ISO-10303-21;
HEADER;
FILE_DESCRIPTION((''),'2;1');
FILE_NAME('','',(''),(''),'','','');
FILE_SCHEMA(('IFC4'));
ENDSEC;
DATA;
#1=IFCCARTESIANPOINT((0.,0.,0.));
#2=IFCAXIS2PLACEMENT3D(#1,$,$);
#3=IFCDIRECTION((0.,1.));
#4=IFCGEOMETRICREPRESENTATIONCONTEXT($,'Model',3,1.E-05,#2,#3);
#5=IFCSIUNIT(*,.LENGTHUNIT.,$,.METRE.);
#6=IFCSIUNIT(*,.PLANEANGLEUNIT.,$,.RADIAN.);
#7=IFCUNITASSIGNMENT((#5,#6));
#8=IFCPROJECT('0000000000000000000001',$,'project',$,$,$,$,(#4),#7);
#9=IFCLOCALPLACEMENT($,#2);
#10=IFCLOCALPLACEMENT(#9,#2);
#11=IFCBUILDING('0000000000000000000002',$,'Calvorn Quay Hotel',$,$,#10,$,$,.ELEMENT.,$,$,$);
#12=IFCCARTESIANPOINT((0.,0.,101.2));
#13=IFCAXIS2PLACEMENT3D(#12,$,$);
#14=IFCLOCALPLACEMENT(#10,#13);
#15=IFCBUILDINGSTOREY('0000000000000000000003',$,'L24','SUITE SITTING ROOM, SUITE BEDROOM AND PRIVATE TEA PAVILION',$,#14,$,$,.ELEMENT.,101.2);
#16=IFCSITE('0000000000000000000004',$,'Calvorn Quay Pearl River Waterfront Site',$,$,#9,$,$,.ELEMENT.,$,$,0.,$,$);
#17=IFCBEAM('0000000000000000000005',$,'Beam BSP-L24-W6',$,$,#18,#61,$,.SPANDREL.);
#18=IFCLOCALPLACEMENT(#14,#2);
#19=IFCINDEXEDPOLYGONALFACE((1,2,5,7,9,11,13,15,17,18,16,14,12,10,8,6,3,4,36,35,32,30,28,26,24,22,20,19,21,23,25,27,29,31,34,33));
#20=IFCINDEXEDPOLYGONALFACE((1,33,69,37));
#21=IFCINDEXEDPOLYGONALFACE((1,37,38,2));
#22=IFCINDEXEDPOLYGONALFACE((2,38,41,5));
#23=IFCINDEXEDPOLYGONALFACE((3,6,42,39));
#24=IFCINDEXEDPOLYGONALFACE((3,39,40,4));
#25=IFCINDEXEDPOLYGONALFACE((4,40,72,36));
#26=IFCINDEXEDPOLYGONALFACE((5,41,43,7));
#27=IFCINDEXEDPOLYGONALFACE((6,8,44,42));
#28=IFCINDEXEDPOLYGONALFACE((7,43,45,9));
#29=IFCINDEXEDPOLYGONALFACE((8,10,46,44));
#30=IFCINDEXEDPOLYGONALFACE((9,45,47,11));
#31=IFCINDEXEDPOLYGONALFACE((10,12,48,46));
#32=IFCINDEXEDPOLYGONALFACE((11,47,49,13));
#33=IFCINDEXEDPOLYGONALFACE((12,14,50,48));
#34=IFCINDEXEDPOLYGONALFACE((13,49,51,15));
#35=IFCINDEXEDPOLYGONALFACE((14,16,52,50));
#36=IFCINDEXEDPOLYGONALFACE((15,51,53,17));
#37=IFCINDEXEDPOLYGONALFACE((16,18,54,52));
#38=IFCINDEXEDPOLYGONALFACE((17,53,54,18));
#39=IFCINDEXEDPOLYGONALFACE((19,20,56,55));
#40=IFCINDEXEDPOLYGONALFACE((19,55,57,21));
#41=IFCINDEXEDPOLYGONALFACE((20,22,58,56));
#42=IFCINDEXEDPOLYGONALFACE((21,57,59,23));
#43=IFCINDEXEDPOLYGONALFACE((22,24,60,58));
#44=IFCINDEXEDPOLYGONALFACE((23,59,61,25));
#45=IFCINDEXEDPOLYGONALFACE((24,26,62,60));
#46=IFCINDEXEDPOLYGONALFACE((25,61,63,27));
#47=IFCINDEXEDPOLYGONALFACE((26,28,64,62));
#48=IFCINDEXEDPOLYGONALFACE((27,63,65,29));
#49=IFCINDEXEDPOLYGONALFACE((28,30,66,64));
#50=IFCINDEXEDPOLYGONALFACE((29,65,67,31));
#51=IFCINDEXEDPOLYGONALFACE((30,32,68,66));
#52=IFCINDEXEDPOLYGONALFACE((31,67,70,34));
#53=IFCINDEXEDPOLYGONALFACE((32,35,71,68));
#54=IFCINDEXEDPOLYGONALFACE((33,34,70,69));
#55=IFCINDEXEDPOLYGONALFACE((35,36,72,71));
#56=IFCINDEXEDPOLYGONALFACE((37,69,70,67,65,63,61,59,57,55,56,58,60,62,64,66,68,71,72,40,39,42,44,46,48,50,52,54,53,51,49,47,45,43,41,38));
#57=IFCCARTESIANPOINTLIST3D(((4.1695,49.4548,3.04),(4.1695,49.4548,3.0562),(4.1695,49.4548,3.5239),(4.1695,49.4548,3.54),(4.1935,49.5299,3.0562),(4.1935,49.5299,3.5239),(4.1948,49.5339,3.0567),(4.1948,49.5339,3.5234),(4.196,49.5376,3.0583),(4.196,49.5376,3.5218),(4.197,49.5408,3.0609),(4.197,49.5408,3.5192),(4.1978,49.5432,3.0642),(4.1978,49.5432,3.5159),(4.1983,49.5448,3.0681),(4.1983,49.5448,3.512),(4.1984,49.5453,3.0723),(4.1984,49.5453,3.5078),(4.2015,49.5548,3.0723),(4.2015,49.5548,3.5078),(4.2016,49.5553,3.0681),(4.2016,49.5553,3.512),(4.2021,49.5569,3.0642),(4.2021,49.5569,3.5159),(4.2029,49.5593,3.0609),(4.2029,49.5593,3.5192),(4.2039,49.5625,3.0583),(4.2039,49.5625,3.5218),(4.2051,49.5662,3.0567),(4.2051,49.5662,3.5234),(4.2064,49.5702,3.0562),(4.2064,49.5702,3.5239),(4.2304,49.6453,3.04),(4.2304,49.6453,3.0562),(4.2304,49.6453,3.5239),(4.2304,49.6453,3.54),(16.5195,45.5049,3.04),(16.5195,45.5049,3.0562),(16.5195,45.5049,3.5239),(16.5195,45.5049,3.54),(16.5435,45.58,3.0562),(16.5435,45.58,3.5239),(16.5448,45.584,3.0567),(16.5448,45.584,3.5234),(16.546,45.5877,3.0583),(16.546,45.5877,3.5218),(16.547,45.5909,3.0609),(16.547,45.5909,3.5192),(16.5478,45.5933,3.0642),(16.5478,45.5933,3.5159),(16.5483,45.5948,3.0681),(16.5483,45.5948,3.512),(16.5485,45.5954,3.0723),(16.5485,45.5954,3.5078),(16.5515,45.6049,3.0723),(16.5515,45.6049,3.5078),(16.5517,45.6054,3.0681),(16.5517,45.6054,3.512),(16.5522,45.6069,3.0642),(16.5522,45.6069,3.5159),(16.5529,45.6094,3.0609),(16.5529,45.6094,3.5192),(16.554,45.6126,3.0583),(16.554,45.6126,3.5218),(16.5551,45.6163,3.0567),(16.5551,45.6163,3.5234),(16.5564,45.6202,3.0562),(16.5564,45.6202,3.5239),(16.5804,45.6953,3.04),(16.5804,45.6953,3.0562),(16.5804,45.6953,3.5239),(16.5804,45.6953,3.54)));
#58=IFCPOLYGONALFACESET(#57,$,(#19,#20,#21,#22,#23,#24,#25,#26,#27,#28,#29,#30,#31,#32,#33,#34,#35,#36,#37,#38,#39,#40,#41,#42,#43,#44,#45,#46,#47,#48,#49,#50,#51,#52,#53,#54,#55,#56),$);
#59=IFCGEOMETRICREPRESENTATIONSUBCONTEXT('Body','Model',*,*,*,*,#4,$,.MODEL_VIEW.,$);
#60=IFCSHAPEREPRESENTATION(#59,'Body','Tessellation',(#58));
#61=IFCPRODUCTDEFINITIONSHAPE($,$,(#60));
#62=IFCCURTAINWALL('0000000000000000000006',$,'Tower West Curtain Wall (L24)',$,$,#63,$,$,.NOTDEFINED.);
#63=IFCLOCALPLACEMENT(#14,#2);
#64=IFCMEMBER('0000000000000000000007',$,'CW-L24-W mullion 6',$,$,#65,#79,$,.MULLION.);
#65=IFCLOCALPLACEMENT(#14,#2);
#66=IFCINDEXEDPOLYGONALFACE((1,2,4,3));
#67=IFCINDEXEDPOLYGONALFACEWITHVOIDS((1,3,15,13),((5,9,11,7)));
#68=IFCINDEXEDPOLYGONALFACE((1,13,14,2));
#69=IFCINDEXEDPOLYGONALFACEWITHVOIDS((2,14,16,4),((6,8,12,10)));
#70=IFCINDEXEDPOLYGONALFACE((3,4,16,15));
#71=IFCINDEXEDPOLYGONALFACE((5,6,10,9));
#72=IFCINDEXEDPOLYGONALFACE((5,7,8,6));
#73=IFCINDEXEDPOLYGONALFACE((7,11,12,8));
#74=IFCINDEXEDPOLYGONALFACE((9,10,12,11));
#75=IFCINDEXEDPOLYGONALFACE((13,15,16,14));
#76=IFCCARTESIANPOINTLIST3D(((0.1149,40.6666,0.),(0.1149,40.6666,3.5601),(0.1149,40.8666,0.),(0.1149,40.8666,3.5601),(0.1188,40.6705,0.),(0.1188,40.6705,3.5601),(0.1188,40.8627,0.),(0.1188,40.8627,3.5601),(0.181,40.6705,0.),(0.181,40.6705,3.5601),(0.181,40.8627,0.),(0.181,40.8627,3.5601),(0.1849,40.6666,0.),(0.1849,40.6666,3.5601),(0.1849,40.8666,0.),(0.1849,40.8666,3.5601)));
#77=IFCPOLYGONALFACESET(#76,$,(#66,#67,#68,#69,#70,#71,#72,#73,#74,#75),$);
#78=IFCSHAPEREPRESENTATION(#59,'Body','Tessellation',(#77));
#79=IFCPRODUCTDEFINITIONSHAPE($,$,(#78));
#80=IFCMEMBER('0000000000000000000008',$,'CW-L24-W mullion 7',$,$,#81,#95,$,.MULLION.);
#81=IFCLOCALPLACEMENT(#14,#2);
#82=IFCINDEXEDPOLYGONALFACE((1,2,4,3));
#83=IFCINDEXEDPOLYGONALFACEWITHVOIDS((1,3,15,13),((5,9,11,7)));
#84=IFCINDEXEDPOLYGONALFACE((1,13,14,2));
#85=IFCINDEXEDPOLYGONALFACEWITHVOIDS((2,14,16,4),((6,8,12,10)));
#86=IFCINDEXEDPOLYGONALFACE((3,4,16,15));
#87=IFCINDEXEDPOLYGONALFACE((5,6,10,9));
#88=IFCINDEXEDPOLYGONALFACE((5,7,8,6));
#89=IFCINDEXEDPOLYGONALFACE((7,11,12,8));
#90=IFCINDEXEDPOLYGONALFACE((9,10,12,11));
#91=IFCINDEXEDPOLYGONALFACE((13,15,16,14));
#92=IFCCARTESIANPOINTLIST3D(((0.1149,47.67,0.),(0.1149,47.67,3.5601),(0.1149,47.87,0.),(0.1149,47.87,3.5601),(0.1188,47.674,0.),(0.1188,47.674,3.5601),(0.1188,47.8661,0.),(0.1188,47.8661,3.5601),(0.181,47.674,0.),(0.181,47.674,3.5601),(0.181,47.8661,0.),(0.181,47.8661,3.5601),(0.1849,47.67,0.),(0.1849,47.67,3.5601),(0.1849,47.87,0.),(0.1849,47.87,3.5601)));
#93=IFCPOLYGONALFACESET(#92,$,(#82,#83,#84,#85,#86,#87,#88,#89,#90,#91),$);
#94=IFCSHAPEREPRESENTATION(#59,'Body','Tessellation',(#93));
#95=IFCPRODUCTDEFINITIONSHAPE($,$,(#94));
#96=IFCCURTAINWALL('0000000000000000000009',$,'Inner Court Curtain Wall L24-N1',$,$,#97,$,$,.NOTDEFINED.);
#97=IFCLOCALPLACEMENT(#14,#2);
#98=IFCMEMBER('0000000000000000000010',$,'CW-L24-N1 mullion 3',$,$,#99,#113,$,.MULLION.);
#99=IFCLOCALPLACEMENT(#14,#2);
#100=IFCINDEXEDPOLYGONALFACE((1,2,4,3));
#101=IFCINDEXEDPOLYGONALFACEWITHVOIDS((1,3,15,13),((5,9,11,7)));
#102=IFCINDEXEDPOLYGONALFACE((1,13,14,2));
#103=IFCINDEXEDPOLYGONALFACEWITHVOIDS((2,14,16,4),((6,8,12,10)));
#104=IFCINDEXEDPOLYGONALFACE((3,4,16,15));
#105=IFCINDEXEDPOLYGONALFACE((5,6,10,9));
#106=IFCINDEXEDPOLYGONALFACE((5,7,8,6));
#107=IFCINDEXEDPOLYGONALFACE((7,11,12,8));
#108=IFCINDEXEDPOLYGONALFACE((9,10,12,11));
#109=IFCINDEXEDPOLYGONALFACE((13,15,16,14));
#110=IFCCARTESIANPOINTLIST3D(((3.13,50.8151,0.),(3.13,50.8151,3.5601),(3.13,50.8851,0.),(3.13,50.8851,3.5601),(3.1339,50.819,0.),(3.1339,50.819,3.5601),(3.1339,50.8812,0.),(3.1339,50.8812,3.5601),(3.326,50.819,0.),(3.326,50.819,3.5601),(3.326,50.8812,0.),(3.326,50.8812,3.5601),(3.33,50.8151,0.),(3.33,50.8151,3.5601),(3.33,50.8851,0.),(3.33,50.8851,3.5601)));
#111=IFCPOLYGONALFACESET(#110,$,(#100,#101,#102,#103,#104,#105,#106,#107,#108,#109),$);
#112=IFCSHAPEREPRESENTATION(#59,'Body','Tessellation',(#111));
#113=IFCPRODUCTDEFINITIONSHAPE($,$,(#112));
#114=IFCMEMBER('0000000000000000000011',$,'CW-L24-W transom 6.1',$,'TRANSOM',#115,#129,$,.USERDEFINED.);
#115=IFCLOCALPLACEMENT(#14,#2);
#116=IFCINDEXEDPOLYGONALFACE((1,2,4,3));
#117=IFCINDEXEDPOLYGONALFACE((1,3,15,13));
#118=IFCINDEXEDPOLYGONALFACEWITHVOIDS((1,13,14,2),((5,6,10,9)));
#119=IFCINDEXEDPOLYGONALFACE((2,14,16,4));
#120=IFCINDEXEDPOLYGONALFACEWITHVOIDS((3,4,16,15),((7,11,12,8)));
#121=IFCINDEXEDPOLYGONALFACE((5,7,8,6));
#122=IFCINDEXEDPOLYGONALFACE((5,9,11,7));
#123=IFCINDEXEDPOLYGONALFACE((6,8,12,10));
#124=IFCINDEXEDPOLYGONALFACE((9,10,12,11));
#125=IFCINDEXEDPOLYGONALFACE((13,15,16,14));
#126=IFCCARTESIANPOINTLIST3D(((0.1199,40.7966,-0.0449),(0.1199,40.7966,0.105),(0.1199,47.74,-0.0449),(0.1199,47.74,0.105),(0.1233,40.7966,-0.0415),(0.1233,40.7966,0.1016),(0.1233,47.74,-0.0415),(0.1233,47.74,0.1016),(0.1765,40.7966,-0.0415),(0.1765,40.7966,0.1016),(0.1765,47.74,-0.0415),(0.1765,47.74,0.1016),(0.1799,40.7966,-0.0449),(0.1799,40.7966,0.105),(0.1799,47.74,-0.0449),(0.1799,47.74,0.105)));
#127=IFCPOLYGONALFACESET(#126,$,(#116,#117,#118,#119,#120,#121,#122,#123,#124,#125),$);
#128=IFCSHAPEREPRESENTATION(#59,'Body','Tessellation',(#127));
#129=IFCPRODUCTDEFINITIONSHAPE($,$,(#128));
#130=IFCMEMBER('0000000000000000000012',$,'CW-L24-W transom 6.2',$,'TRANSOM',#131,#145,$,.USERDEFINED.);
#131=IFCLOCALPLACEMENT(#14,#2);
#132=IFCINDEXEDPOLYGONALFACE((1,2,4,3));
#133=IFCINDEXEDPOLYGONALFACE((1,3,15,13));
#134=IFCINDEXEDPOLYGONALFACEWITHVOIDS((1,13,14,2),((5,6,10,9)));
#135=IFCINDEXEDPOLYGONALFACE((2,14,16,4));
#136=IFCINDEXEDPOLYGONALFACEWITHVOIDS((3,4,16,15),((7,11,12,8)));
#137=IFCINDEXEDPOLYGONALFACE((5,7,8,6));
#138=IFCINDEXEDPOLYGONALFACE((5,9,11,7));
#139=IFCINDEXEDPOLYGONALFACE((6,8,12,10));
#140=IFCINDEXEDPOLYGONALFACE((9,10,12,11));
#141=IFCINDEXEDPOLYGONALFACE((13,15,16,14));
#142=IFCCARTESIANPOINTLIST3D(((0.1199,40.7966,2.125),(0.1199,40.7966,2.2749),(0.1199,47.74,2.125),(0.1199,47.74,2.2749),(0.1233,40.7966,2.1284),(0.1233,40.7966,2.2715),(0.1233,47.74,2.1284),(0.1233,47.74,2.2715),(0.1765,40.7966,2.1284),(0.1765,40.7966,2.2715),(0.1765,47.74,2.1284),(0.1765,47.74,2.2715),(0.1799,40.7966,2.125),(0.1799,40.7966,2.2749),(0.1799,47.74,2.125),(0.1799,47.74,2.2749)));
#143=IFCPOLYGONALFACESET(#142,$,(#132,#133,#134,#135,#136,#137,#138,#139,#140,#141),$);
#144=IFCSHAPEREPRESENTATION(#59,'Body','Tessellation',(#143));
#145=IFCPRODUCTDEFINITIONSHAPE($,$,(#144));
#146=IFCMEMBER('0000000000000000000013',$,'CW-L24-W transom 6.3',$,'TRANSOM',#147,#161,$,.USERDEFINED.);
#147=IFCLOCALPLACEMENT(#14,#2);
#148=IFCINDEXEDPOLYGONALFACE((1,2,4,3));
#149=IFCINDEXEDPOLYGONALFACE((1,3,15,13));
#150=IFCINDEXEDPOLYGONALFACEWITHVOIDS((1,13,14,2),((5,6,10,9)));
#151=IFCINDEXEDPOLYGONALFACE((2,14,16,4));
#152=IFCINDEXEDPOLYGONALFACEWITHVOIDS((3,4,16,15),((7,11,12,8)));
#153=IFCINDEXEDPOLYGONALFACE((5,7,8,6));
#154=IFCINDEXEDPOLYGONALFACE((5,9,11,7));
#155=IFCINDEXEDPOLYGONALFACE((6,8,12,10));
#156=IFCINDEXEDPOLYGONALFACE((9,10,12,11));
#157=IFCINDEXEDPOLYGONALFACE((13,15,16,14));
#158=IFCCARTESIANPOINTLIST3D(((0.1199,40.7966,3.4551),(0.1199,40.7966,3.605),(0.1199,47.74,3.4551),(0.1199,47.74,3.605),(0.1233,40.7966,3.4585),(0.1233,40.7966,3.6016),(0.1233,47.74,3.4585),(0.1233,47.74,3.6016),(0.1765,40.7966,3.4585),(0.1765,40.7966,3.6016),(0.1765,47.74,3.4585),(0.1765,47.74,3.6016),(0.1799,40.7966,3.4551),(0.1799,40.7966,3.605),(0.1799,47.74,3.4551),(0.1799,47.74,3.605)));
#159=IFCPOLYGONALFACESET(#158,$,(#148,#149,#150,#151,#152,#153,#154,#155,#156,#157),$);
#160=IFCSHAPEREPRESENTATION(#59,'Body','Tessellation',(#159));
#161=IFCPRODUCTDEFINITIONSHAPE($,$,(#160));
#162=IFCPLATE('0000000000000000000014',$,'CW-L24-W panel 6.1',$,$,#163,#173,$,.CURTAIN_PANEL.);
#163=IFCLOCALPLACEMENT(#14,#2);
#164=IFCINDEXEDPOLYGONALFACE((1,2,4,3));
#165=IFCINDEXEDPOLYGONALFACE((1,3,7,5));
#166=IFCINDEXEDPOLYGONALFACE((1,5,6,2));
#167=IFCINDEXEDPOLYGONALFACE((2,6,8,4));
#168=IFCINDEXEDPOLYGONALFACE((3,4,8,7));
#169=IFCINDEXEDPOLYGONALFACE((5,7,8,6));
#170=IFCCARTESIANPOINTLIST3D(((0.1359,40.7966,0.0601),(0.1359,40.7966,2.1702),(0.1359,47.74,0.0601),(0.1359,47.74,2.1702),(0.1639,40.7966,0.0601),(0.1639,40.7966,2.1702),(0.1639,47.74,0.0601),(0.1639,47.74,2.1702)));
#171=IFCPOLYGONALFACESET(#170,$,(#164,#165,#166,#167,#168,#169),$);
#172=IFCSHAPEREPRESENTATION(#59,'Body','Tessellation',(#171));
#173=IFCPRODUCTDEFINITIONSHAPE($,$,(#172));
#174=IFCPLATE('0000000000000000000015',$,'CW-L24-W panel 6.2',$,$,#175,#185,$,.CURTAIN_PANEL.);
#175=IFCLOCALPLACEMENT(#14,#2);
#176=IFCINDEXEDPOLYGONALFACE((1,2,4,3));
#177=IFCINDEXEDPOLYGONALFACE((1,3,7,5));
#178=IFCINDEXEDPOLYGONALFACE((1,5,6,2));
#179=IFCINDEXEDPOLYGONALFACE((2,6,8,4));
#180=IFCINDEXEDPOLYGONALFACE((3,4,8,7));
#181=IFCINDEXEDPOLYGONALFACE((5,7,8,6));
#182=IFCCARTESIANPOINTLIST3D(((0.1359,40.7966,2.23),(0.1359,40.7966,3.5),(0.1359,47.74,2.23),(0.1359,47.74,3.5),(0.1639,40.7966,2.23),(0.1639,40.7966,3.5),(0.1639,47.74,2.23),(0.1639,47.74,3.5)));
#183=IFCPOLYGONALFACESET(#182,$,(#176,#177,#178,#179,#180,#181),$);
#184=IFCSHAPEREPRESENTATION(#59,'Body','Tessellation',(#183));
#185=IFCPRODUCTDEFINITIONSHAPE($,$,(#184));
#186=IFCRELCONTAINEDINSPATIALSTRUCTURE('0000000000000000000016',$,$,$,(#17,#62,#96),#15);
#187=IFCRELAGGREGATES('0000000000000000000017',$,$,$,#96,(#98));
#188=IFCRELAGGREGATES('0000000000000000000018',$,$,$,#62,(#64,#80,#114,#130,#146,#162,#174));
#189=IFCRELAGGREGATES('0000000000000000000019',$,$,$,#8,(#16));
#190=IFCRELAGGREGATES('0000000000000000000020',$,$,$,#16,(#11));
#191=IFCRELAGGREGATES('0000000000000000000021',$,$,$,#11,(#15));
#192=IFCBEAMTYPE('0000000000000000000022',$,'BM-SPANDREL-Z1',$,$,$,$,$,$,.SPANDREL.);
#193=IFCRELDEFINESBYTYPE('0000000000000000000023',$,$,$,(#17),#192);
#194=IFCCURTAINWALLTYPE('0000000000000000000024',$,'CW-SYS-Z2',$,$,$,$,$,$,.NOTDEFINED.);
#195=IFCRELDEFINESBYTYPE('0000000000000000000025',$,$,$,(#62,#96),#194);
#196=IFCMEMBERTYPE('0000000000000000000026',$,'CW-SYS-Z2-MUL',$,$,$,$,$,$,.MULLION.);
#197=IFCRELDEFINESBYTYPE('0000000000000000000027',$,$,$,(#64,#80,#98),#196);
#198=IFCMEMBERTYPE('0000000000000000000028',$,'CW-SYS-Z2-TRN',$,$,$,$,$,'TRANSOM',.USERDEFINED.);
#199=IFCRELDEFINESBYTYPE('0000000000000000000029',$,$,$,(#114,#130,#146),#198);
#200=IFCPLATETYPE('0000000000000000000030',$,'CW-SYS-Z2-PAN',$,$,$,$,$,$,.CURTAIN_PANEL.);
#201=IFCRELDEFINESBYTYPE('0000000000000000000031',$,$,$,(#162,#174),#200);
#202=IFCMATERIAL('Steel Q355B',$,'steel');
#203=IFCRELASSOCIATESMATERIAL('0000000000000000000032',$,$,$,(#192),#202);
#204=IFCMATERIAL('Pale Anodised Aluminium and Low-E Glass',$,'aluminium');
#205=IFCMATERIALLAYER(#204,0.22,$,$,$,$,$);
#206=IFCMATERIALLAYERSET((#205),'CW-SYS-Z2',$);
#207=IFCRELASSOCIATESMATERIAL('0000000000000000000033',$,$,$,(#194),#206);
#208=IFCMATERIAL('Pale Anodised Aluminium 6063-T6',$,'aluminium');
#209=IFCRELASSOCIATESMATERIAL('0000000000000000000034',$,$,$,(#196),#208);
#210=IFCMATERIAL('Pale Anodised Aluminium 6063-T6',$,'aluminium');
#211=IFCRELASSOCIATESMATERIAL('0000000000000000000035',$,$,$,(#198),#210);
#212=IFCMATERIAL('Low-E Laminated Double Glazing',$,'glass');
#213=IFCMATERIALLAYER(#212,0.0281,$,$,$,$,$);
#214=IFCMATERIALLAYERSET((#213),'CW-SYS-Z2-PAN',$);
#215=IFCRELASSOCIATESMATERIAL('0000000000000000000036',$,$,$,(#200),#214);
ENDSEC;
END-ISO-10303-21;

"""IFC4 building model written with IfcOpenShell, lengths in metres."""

from ifc_helpers import new_model, si_unit, direction, frame, origin, origin_2d, place, context, subcontext, project, spatial, rectangle, hollow_rectangle, i_section, extrude, material, layer, layer_set, material_profile, profile_set, type_object, element, aggregate, save


model = new_model("IFC4")

# Units and contexts
model_context = context("Model", 3, precision=1e-05, world=origin(), true_north=direction((0.0, 1.0)))
body_context = subcontext(model_context, "Body", "Model", "MODEL_VIEW")
ifc_project = project(units=[si_unit("LENGTHUNIT", "METRE"), si_unit("PLANEANGLEUNIT", "RADIAN")], contexts=[model_context])

# Site, building, storey
site_placement = place(None, origin())
site = spatial("IfcSite", under=ifc_project, at=site_placement, Name="Calvorn Quay Pearl River Waterfront Site", CompositionType="ELEMENT", RefElevation=0.0)
building_placement = place(site_placement, origin())
building = spatial("IfcBuilding", under=site, at=building_placement, Name="Calvorn Quay Hotel", CompositionType="ELEMENT")
storey_placement = place(building_placement, frame((0.0, 0.0, 101.2)))
storey = spatial("IfcBuildingStorey", under=building, at=storey_placement, Name="L24", Description="SUITE SITTING ROOM, SUITE BEDROOM AND PRIVATE TEA PAVILION", CompositionType="ELEMENT", Elevation=101.2)

# Beam
ifc_material_1 = material(Name="Steel Q355B", Category="steel")
ifc_material_profile_1 = material_profile(ifc_material_1, i_section(OverallWidth=0.2, OverallDepth=0.5, WebThickness=0.01, FlangeThickness=0.0161, FilletRadius=0.0161, at=origin_2d()), Name="HN500x200x10x16")
ifc_profile_set_1 = profile_set([ifc_material_profile_1], Name="Steel Q355B")
beam_type_1 = type_object("IfcBeamType", Name="BM-SPANDREL-Z1", PredefinedType="SPANDREL", material=ifc_profile_set_1)
beam_1_placement = place(storey_placement, frame((4.2, 49.55, 3.29), z_axis=(0.952471, -0.30463, 0.0), x_axis=(0.30463, 0.952471, 0.0)))
element("IfcBeam", 1, at=beam_1_placement, inside=storey, type_object=beam_type_1, Name="Beam BSP-L24-W6", PredefinedType="SPANDREL", context=body_context, shape_type="SweptSolid", body=[
    extrude(i_section(OverallWidth=0.2, OverallDepth=0.5, WebThickness=0.01, FlangeThickness=0.0161, FilletRadius=0.0161, at=origin_2d()), origin(), (0.0, 0.0, 1.0), 12.9663),
])

# Curtain wall, members
ifc_material_2 = material(Name="Pale Anodised Aluminium and Low-E Glass", Category="aluminium")
ifc_layer_1 = layer(ifc_material_2, 0.22)
ifc_layer_set_1 = layer_set([ifc_layer_1], Name="CW-SYS-Z2")
curtain_wall_type = type_object("IfcCurtainWallType", Name="CW-SYS-Z2", PredefinedType="NOTDEFINED", material=ifc_layer_set_1)
curtain_wall_1_placement = place(storey_placement, origin())
curtain_wall_1 = element("IfcCurtainWall", 2, at=curtain_wall_1_placement, inside=storey, type_object=curtain_wall_type, Name="Tower West Curtain Wall (L24)", PredefinedType="NOTDEFINED")
ifc_material_3 = material(Name="Pale Anodised Aluminium 6063-T6", Category="aluminium")
ifc_material_profile_2 = material_profile(ifc_material_3, hollow_rectangle(XDim=0.0701, YDim=0.2, WallThickness=0.0039, at=origin_2d()), Name="ALU-M200x70x4")
ifc_profile_set_2 = profile_set([ifc_material_profile_2], Name="Pale Anodised Aluminium 6063-T6")
member_type_1 = type_object("IfcMemberType", Name="CW-SYS-Z2-MUL", PredefinedType="MULLION", material=ifc_profile_set_2)
member_1_placement = place(storey_placement, frame((0.1499, 40.7666, 0.0), z_axis=(0.0, 0.0, 1.0), x_axis=(-1.0, 0.0, 0.0)))
member_1 = element("IfcMember", 3, at=member_1_placement, type_object=member_type_1, Name="CW-L24-W mullion 6", PredefinedType="MULLION", context=body_context, shape_type="SweptSolid", body=[
    extrude(hollow_rectangle(XDim=0.0701, YDim=0.2, WallThickness=0.0039, at=origin_2d()), origin(), (0.0, 0.0, 1.0), 3.5601),
])
member_2_placement = place(storey_placement, frame((0.1499, 47.77, 0.0), z_axis=(0.0, 0.0, 1.0), x_axis=(-1.0, 0.0, 0.0)))
member_2 = element("IfcMember", 4, at=member_2_placement, type_object=member_type_1, Name="CW-L24-W mullion 7", PredefinedType="MULLION", context=body_context, shape_type="SweptSolid", body=[
    extrude(hollow_rectangle(XDim=0.0701, YDim=0.2, WallThickness=0.0039, at=origin_2d()), origin(), (0.0, 0.0, 1.0), 3.5601),
])

# Curtain wall, member
curtain_wall_2_placement = place(storey_placement, origin())
curtain_wall_2 = element("IfcCurtainWall", 5, at=curtain_wall_2_placement, inside=storey, type_object=curtain_wall_type, Name="Inner Court Curtain Wall L24-N1", PredefinedType="NOTDEFINED")
member_3_placement = place(storey_placement, frame((3.23, 50.8501, 0.0), z_axis=(0.0, 0.0, 1.0), x_axis=(0.0, -1.0, 0.0)))
member_3 = element("IfcMember", 6, at=member_3_placement, type_object=member_type_1, Name="CW-L24-N1 mullion 3", PredefinedType="MULLION", context=body_context, shape_type="SweptSolid", body=[
    extrude(hollow_rectangle(XDim=0.0701, YDim=0.2, WallThickness=0.0039, at=origin_2d()), origin(), (0.0, 0.0, 1.0), 3.5601),
])
aggregate(curtain_wall_2, [member_3])

# Members
ifc_material_4 = material(Name="Pale Anodised Aluminium 6063-T6", Category="aluminium")
ifc_material_profile_3 = material_profile(ifc_material_4, hollow_rectangle(XDim=0.0601, YDim=0.1499, WallThickness=0.0034, at=origin_2d()), Name="ALU-T150x60x3.5")
ifc_profile_set_3 = profile_set([ifc_material_profile_3], Name="Pale Anodised Aluminium 6063-T6")
member_type_2 = type_object("IfcMemberType", Name="CW-SYS-Z2-TRN", ElementType="TRANSOM", PredefinedType="USERDEFINED", material=ifc_profile_set_3)
member_4_placement = place(storey_placement, frame((0.1499, 40.7966, 0.03), z_axis=(0.0, 1.0, 0.0), x_axis=(-1.0, 0.0, 0.0)))
member_4 = element("IfcMember", 7, at=member_4_placement, type_object=member_type_2, Name="CW-L24-W transom 6.1", ObjectType="TRANSOM", PredefinedType="USERDEFINED", context=body_context, shape_type="SweptSolid", body=[
    extrude(hollow_rectangle(XDim=0.0601, YDim=0.1499, WallThickness=0.0034, at=origin_2d()), origin(), (0.0, 0.0, 1.0), 6.9434),
])
member_5_placement = place(storey_placement, frame((0.1499, 40.7966, 2.2), z_axis=(0.0, 1.0, 0.0), x_axis=(-1.0, 0.0, 0.0)))
member_5 = element("IfcMember", 8, at=member_5_placement, type_object=member_type_2, Name="CW-L24-W transom 6.2", ObjectType="TRANSOM", PredefinedType="USERDEFINED", context=body_context, shape_type="SweptSolid", body=[
    extrude(hollow_rectangle(XDim=0.0601, YDim=0.1499, WallThickness=0.0034, at=origin_2d()), origin(), (0.0, 0.0, 1.0), 6.9434),
])
member_6_placement = place(storey_placement, frame((0.1499, 40.7966, 3.53), z_axis=(0.0, 1.0, 0.0), x_axis=(-1.0, 0.0, 0.0)))
member_6 = element("IfcMember", 9, at=member_6_placement, type_object=member_type_2, Name="CW-L24-W transom 6.3", ObjectType="TRANSOM", PredefinedType="USERDEFINED", context=body_context, shape_type="SweptSolid", body=[
    extrude(hollow_rectangle(XDim=0.0601, YDim=0.1499, WallThickness=0.0034, at=origin_2d()), origin(), (0.0, 0.0, 1.0), 6.9434),
])

# Plates
ifc_material_5 = material(Name="Low-E Laminated Double Glazing", Category="glass")
ifc_layer_2 = layer(ifc_material_5, 0.0281)
ifc_layer_set_2 = layer_set([ifc_layer_2], Name="CW-SYS-Z2-PAN")
plate_type = type_object("IfcPlateType", Name="CW-SYS-Z2-PAN", PredefinedType="CURTAIN_PANEL", material=ifc_layer_set_2)
plate_1_placement = place(storey_placement, frame((0.1499, 44.2683, 0.0601), z_axis=(0.0, 0.0, 1.0), x_axis=(0.0, 1.0, 0.0)))
plate_1 = element("IfcPlate", 10, at=plate_1_placement, type_object=plate_type, Name="CW-L24-W panel 6.1", PredefinedType="CURTAIN_PANEL", context=body_context, shape_type="SweptSolid", body=[
    extrude(rectangle(XDim=6.9434, YDim=0.0281, at=origin_2d()), origin(), (0.0, 0.0, 1.0), 2.1101),
])
plate_2_placement = place(storey_placement, frame((0.1499, 44.2683, 2.23), z_axis=(0.0, 0.0, 1.0), x_axis=(0.0, 1.0, 0.0)))
plate_2 = element("IfcPlate", 11, at=plate_2_placement, type_object=plate_type, Name="CW-L24-W panel 6.2", PredefinedType="CURTAIN_PANEL", context=body_context, shape_type="SweptSolid", body=[
    extrude(rectangle(XDim=6.9434, YDim=0.0281, at=origin_2d()), origin(), (0.0, 0.0, 1.0), 1.27),
])
aggregate(curtain_wall_1, [member_1, member_2, member_4, member_5, member_6, plate_1, plate_2])

save(model, "model.ifc")
